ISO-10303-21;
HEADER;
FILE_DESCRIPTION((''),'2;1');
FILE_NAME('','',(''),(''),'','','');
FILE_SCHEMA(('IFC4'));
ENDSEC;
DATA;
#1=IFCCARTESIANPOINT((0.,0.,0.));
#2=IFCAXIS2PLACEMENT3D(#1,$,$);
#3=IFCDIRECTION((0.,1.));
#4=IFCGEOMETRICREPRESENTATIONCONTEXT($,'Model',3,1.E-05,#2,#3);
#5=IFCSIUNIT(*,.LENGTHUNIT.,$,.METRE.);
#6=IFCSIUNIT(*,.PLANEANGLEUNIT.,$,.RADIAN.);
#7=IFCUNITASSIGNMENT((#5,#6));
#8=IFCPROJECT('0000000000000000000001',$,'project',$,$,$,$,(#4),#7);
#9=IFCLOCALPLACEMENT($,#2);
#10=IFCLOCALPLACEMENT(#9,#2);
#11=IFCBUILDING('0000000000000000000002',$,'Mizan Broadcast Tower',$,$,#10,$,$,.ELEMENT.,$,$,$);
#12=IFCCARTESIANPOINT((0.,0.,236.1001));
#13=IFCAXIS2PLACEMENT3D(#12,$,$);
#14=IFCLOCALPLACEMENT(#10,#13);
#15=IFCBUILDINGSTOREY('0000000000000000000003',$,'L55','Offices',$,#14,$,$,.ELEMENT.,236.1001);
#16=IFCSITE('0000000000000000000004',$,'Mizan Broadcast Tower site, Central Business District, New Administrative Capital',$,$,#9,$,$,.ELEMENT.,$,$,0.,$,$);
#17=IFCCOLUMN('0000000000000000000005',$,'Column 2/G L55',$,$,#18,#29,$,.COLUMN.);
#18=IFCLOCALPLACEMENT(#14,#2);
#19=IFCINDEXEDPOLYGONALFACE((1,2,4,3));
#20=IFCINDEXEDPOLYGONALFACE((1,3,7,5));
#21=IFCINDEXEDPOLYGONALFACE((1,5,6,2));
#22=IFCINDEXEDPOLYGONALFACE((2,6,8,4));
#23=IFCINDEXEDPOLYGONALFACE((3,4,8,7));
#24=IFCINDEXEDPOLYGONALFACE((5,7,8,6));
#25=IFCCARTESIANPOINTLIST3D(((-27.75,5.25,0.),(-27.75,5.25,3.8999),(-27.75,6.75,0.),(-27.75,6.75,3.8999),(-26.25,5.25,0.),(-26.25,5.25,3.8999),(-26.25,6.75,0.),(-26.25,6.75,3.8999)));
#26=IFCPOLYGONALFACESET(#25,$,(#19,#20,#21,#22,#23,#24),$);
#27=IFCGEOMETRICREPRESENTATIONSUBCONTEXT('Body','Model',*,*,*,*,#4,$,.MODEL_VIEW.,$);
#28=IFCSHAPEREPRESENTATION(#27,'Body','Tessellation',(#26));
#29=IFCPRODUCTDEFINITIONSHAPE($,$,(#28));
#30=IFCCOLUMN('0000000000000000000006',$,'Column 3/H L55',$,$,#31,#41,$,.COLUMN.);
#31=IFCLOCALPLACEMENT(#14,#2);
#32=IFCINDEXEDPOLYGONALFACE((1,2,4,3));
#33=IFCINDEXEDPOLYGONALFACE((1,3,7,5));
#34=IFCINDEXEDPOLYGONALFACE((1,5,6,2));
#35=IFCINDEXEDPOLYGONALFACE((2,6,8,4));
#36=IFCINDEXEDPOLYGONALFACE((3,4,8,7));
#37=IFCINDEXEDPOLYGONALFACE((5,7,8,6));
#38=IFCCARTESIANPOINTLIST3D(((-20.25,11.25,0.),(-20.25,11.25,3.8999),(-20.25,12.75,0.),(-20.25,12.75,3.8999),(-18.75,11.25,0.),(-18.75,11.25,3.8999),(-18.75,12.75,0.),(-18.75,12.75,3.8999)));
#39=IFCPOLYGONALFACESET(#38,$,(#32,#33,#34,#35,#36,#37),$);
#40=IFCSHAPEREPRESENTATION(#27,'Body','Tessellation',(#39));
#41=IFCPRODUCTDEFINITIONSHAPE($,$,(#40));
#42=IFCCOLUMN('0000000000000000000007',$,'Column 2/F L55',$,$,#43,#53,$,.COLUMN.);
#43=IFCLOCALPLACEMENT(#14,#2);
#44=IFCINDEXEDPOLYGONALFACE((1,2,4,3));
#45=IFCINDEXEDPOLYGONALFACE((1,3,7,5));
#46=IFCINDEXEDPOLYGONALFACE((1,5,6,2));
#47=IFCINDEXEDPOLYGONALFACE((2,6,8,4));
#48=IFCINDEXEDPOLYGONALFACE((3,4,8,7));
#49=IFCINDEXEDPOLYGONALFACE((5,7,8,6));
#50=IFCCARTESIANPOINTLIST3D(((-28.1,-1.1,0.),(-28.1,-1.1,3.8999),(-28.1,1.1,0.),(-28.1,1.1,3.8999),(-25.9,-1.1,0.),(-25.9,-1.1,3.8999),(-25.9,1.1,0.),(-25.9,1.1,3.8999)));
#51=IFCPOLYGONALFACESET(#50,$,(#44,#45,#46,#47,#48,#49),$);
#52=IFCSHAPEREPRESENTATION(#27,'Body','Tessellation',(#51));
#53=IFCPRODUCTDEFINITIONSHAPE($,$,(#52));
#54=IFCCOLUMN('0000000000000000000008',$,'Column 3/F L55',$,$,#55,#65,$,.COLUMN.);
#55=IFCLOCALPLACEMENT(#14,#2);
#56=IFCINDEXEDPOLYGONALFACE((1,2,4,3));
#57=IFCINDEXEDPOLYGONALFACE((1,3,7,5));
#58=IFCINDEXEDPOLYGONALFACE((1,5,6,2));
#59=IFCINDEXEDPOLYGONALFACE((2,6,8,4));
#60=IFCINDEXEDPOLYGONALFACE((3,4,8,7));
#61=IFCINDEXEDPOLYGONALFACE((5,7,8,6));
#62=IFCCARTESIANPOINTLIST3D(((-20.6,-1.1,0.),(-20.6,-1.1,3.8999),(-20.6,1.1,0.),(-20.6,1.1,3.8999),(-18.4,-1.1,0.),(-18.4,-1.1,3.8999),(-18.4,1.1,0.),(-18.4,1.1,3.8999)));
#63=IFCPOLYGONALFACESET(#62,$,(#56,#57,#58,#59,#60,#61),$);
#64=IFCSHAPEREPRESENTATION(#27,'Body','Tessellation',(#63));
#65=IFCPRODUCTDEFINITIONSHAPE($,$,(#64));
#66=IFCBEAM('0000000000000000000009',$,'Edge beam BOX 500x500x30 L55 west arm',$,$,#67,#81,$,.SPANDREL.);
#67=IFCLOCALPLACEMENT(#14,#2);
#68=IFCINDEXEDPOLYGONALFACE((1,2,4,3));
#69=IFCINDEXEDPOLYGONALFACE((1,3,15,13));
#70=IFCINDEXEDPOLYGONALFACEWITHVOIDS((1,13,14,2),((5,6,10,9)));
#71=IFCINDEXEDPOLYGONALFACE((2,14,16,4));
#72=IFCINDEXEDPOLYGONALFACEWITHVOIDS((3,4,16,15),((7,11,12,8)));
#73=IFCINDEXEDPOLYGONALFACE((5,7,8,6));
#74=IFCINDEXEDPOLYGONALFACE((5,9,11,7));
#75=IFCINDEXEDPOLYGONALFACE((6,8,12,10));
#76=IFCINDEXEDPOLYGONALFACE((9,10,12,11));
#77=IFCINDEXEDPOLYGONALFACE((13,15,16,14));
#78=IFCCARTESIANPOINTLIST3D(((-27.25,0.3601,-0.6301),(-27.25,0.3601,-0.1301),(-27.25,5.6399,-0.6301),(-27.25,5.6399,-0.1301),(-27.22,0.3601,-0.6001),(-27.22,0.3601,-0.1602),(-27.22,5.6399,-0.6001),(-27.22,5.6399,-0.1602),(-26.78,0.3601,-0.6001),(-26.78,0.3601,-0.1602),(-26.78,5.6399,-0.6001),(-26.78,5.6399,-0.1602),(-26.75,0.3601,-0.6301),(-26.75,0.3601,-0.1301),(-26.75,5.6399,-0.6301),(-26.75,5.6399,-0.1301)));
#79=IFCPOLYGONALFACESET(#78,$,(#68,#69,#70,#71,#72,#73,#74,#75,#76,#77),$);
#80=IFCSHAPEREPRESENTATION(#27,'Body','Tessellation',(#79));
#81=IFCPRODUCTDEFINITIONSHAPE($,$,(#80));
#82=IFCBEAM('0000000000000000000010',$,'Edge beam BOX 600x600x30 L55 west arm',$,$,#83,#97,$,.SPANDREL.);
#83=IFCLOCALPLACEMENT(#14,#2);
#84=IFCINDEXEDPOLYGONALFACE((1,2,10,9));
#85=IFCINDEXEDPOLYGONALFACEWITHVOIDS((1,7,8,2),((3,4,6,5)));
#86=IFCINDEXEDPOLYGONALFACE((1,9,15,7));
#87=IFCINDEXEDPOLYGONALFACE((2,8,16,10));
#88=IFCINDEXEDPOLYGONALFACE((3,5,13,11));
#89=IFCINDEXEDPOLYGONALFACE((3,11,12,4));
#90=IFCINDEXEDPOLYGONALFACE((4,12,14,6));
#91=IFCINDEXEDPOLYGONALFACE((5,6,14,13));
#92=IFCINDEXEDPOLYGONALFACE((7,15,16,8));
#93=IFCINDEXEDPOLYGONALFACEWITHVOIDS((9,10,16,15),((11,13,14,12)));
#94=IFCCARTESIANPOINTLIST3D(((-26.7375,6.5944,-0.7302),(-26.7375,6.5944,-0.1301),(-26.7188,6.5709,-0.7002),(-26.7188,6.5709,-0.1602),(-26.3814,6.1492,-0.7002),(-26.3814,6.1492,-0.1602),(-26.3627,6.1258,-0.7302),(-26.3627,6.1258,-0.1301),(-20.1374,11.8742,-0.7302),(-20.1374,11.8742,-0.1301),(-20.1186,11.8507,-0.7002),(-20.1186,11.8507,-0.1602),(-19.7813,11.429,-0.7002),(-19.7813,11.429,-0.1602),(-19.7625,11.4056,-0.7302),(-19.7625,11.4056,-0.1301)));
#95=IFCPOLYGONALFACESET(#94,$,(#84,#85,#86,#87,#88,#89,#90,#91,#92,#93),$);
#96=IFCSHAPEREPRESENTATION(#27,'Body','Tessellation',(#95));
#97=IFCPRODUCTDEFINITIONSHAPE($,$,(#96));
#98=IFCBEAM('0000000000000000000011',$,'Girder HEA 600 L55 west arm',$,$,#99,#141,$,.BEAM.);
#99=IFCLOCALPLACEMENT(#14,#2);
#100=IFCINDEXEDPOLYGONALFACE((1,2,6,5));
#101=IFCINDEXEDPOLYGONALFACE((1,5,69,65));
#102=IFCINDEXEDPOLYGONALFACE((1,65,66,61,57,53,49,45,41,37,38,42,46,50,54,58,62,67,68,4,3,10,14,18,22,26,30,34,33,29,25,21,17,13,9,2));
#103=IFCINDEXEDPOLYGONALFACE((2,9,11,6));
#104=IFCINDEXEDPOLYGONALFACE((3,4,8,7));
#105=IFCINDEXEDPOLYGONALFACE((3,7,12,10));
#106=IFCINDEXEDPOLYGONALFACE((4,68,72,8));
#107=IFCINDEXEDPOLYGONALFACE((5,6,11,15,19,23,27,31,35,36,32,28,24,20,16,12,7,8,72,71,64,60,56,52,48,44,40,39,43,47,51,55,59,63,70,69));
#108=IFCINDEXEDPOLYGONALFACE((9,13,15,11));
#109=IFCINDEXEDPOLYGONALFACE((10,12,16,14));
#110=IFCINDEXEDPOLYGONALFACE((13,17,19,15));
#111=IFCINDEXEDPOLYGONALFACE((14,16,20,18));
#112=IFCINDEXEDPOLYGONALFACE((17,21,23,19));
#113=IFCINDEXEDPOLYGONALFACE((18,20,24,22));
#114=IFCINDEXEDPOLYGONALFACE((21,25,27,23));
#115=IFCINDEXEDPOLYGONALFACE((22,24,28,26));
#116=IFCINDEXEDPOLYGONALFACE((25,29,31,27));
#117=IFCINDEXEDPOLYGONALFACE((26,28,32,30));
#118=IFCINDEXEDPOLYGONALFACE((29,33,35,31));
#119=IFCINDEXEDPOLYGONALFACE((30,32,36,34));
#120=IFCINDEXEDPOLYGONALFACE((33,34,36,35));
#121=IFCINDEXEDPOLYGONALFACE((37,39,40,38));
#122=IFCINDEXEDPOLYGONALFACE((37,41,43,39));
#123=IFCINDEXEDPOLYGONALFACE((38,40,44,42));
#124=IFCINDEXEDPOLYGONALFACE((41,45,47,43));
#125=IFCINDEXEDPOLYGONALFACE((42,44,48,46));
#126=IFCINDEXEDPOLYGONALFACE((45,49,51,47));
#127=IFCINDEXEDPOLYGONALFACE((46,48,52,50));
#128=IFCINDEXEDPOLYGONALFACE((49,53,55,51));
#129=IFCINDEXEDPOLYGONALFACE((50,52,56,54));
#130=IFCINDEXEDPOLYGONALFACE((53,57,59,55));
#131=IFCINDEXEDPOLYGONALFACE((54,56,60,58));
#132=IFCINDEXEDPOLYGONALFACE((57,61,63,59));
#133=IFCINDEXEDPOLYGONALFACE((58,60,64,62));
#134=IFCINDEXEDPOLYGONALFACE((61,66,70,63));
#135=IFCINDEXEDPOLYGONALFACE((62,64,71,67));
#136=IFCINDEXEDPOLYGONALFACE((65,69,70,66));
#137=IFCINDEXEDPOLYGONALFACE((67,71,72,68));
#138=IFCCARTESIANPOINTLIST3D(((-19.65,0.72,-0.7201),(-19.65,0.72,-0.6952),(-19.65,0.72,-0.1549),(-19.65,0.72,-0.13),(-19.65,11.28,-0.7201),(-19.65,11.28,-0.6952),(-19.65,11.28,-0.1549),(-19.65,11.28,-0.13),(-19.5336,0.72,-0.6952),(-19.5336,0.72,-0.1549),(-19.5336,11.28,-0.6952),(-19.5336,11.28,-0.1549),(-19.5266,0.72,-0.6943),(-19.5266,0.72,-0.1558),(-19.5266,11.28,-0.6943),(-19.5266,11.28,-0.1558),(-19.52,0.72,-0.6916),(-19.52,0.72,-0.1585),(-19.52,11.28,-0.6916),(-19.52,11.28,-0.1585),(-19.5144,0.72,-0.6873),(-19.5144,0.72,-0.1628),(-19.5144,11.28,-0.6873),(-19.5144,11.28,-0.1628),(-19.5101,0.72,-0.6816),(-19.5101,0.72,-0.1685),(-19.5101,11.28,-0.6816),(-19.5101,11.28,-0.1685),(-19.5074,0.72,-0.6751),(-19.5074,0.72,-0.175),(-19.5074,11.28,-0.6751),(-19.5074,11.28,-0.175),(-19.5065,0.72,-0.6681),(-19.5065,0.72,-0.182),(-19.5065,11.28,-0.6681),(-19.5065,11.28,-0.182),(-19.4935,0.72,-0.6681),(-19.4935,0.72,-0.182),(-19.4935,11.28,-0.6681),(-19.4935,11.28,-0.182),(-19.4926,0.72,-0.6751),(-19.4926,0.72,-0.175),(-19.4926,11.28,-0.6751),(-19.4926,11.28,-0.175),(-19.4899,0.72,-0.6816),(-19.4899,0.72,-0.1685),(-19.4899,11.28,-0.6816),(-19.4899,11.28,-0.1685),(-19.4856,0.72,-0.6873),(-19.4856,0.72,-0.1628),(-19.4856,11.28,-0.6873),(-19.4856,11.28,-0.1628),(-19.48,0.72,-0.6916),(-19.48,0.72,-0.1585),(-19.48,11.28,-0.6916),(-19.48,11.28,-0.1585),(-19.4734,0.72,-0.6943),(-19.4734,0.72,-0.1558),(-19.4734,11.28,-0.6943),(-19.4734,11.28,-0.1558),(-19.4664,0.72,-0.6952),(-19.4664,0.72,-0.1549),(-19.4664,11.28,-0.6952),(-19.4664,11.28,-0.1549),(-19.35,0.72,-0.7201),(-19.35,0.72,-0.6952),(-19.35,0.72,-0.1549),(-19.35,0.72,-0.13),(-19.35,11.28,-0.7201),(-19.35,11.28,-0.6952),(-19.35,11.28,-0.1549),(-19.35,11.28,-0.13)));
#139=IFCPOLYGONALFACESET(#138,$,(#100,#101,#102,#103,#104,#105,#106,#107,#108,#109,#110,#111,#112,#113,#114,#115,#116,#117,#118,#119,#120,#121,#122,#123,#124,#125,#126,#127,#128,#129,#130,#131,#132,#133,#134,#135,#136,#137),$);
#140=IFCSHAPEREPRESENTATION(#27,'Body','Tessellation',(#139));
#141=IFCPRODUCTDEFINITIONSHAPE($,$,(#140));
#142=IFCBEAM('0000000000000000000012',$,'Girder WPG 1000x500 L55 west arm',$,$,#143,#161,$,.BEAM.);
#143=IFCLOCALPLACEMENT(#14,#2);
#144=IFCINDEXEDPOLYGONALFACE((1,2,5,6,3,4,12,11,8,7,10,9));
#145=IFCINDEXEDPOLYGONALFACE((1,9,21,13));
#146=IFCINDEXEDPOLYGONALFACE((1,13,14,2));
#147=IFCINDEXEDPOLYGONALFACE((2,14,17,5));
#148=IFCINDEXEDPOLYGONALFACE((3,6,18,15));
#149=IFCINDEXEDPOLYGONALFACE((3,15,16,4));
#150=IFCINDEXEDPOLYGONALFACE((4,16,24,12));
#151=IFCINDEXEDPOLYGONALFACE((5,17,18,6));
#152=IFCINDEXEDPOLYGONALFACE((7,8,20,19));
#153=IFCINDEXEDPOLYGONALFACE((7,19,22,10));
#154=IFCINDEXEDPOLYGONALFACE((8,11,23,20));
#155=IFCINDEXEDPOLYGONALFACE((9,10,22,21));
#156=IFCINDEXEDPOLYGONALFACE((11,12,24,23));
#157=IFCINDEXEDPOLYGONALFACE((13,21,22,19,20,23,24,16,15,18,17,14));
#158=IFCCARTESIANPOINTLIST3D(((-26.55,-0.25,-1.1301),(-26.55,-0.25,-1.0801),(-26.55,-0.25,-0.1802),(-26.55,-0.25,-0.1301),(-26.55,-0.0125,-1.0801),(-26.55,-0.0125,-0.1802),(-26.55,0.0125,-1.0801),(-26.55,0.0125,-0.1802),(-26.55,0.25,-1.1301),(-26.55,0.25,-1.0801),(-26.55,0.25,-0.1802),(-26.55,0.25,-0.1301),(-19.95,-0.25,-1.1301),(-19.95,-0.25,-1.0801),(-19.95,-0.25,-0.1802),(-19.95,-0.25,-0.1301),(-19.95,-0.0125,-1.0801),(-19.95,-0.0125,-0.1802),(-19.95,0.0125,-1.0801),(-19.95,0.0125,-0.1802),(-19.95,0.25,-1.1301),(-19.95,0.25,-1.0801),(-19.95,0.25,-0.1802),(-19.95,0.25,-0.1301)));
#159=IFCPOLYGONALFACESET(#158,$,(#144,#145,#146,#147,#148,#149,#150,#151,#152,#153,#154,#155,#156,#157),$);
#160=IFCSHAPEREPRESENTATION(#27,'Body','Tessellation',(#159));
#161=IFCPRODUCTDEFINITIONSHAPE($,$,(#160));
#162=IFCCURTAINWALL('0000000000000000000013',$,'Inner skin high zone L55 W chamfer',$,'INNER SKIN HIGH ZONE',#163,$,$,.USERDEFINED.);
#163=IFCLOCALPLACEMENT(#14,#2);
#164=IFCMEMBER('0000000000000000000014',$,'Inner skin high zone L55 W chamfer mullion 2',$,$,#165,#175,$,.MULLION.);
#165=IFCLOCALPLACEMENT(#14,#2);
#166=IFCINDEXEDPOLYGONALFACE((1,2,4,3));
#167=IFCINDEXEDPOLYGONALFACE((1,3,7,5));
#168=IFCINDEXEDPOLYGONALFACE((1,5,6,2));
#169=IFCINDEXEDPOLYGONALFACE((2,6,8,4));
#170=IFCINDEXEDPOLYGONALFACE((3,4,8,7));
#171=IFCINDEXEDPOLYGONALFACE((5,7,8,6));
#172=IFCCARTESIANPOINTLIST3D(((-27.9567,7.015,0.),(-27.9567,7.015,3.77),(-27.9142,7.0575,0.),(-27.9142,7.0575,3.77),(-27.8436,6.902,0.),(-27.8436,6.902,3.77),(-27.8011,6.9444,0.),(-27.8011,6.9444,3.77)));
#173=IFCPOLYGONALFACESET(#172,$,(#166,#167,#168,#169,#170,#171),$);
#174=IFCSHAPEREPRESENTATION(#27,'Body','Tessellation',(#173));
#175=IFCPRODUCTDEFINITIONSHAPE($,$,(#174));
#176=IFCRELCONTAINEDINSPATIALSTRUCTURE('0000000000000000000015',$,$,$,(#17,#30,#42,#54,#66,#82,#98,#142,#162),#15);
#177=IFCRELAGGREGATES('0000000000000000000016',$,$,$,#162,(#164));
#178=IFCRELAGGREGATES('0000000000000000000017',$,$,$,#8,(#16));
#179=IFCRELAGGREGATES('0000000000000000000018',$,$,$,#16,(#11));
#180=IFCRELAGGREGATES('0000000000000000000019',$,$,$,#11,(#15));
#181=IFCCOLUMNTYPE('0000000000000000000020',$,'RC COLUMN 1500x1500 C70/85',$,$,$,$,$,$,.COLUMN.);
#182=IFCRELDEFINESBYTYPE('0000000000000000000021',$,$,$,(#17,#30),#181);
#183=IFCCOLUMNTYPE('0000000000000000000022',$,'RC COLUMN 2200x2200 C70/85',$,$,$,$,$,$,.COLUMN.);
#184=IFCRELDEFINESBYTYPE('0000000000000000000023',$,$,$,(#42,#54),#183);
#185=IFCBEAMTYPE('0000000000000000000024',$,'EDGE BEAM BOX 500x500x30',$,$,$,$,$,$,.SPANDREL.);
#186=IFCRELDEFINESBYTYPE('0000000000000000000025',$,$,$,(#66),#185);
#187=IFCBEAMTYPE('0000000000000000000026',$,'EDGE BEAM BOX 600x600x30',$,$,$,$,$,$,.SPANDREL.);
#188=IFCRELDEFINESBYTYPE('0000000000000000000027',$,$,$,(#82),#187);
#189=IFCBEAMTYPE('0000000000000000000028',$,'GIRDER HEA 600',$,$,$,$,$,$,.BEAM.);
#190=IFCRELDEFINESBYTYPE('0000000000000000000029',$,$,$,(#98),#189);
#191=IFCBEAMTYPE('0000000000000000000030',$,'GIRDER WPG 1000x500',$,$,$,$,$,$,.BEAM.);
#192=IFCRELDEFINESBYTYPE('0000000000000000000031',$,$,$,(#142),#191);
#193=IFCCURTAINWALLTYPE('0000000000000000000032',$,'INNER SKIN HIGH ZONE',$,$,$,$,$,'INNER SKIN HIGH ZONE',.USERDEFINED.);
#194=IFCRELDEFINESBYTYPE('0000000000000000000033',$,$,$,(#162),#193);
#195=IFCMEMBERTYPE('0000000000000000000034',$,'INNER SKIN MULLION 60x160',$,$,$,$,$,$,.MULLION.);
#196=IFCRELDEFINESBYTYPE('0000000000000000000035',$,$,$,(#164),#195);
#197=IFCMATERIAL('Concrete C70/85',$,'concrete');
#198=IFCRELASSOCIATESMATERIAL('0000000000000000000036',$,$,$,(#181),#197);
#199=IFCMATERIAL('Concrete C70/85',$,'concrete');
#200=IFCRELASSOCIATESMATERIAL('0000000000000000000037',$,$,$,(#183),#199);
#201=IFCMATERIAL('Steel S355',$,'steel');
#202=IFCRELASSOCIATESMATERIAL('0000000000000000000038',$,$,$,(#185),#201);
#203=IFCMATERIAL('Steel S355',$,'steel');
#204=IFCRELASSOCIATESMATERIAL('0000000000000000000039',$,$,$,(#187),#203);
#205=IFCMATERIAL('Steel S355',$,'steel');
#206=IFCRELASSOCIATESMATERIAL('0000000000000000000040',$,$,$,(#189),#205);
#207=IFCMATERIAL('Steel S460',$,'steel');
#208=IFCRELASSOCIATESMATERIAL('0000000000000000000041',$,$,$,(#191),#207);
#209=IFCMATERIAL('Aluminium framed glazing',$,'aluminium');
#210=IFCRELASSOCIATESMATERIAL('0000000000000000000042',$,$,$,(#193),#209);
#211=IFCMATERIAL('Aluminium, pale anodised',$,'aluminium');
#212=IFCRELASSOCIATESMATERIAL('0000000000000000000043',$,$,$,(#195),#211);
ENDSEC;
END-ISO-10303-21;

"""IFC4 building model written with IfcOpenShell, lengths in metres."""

from ifc_helpers import new_model, si_unit, direction, frame, origin, origin_2d, place, context, subcontext, project, spatial, rectangle, hollow_rectangle, i_section, extrude, material, material_profile, profile_set, type_object, element, aggregate, save


model = new_model("IFC4")

# Units and contexts
model_context = context("Model", 3, precision=1e-05, world=origin(), true_north=direction((0.0, 1.0)))
body_context = subcontext(model_context, "Body", "Model", "MODEL_VIEW")
ifc_project = project(units=[si_unit("LENGTHUNIT", "METRE"), si_unit("PLANEANGLEUNIT", "RADIAN")], contexts=[model_context])

# Site, building, storey
site_placement = place(None, origin())
site = spatial("IfcSite", under=ifc_project, at=site_placement, Name="Mizan Broadcast Tower site, Central Business District, New Administrative Capital", CompositionType="ELEMENT", RefElevation=0.0)
building_placement = place(site_placement, origin())
building = spatial("IfcBuilding", under=site, at=building_placement, Name="Mizan Broadcast Tower", CompositionType="ELEMENT")
storey_placement = place(building_placement, frame((0.0, 0.0, 236.1001)))
storey = spatial("IfcBuildingStorey", under=building, at=storey_placement, Name="L55", Description="Offices", CompositionType="ELEMENT", Elevation=236.1001)

# Columns
ifc_material_1 = material(Name="Concrete C70/85", Category="concrete")
ifc_material_profile_1 = material_profile(ifc_material_1, rectangle(XDim=1.5, YDim=1.5, at=origin_2d()), Name="RC 1500x1500")
ifc_profile_set_1 = profile_set([ifc_material_profile_1], Name="Concrete C70/85")
column_type_1 = type_object("IfcColumnType", Name="RC COLUMN 1500x1500 C70/85", PredefinedType="COLUMN", material=ifc_profile_set_1)
for number, where, z_axis, x_axis, name in (
    (1, (-27.0, 6.0, 0.0), (0.0, 0.0, 1.0), (1.0, 0.0, 0.0), "Column 2/G L55"),
    (2, (-19.5, 12.0, 0.0), (0.0, 0.0, 1.0), (1.0, 0.0, 0.0), "Column 3/H L55"),
):
    element("IfcColumn", number, at=place(storey_placement, frame(where, z_axis=z_axis, x_axis=x_axis)), inside=storey, type_object=column_type_1, Name=name, PredefinedType="COLUMN", context=body_context, shape_type="SweptSolid", body=[
        extrude(rectangle(XDim=1.5, YDim=1.5, at=origin_2d()), origin(), (0.0, 0.0, 1.0), 3.8999),
    ])
ifc_material_2 = material(Name="Concrete C70/85", Category="concrete")
ifc_material_profile_2 = material_profile(ifc_material_2, rectangle(XDim=2.2, YDim=2.2, at=origin_2d()), Name="RC 2200x2200")
ifc_profile_set_2 = profile_set([ifc_material_profile_2], Name="Concrete C70/85")
column_type_2 = type_object("IfcColumnType", Name="RC COLUMN 2200x2200 C70/85", PredefinedType="COLUMN", material=ifc_profile_set_2)
for number, where, z_axis, x_axis, name in (
    (3, (-27.0, 0.0, 0.0), (0.0, 0.0, 1.0), (1.0, 0.0, 0.0), "Column 2/F L55"),
    (4, (-19.5, 0.0, 0.0), (0.0, 0.0, 1.0), (1.0, 0.0, 0.0), "Column 3/F L55"),
):
    element("IfcColumn", number, at=place(storey_placement, frame(where, z_axis=z_axis, x_axis=x_axis)), inside=storey, type_object=column_type_2, Name=name, PredefinedType="COLUMN", context=body_context, shape_type="SweptSolid", body=[
        extrude(rectangle(XDim=2.2, YDim=2.2, at=origin_2d()), origin(), (0.0, 0.0, 1.0), 3.8999),
    ])

# Beams
ifc_material_3 = material(Name="Steel S355", Category="steel")
ifc_material_profile_3 = material_profile(ifc_material_3, hollow_rectangle(XDim=0.5, YDim=0.5, WallThickness=0.03, at=origin_2d()), Name="BOX 500x500x30")
ifc_profile_set_3 = profile_set([ifc_material_profile_3], Name="Steel S355")
beam_type_1 = type_object("IfcBeamType", Name="EDGE BEAM BOX 500x500x30", PredefinedType="SPANDREL", material=ifc_profile_set_3)
beam_1_placement = place(storey_placement, frame((-27.0, 5.6399, -0.3801), z_axis=(0.0, -1.0, 0.0), x_axis=(1.0, 0.0, 0.0)))
element("IfcBeam", 5, at=beam_1_placement, inside=storey, type_object=beam_type_1, Name="Edge beam BOX 500x500x30 L55 west arm", PredefinedType="SPANDREL", context=body_context, shape_type="SweptSolid", body=[
    extrude(hollow_rectangle(XDim=0.5, YDim=0.5, WallThickness=0.03, at=origin_2d()), origin(), (0.0, 0.0, 1.0), 5.2798),
])
ifc_material_4 = material(Name="Steel S355", Category="steel")
ifc_material_profile_4 = material_profile(ifc_material_4, hollow_rectangle(XDim=0.6001, YDim=0.6001, WallThickness=0.03, at=origin_2d()), Name="BOX 600x600x30")
ifc_profile_set_4 = profile_set([ifc_material_profile_4], Name="Steel S355")
beam_type_2 = type_object("IfcBeamType", Name="EDGE BEAM BOX 600x600x30", PredefinedType="SPANDREL", material=ifc_profile_set_4)
beam_2_placement = place(storey_placement, frame((-19.95, 11.6399, -0.4302), z_axis=(-0.780886, -0.624674, 0.0), x_axis=(0.624674, -0.780886, 0.0)))
element("IfcBeam", 6, at=beam_2_placement, inside=storey, type_object=beam_type_2, Name="Edge beam BOX 600x600x30 L55 west arm", PredefinedType="SPANDREL", context=body_context, shape_type="SweptSolid", body=[
    extrude(hollow_rectangle(XDim=0.6001, YDim=0.6001, WallThickness=0.03, at=origin_2d()), origin(), (0.0, 0.0, 1.0), 8.4521),
])
ifc_material_5 = material(Name="Steel S355", Category="steel")
ifc_material_profile_5 = material_profile(ifc_material_5, i_section(OverallWidth=0.3, OverallDepth=0.5901, WebThickness=0.0129, FlangeThickness=0.0249, FilletRadius=0.0271, at=origin_2d()), Name="HEA 600")
ifc_profile_set_5 = profile_set([ifc_material_profile_5], Name="Steel S355")
beam_type_3 = type_object("IfcBeamType", Name="GIRDER HEA 600", PredefinedType="BEAM", material=ifc_profile_set_5)
beam_3_placement = place(storey_placement, frame((-19.5, 11.28, -0.425), z_axis=(0.0, -1.0, 0.0), x_axis=(1.0, 0.0, 0.0)))
element("IfcBeam", 7, at=beam_3_placement, inside=storey, type_object=beam_type_3, Name="Girder HEA 600 L55 west arm", PredefinedType="BEAM", context=body_context, shape_type="SweptSolid", body=[
    extrude(i_section(OverallWidth=0.3, OverallDepth=0.5901, WebThickness=0.0129, FlangeThickness=0.0249, FilletRadius=0.0271, at=origin_2d()), origin(), (0.0, 0.0, 1.0), 10.5601),
])
ifc_material_6 = material(Name="Steel S460", Category="steel")
ifc_material_profile_6 = material_profile(ifc_material_6, i_section(OverallWidth=0.5, OverallDepth=1.0, WebThickness=0.0249, FlangeThickness=0.05, at=origin_2d()), Name="WPG 1000x500")
ifc_profile_set_6 = profile_set([ifc_material_profile_6], Name="Steel S460")
beam_type_4 = type_object("IfcBeamType", Name="GIRDER WPG 1000x500", PredefinedType="BEAM", material=ifc_profile_set_6)
beam_4_placement = place(storey_placement, frame((-19.95, 0.0, -0.6301), z_axis=(-1.0, 0.0, 0.0), x_axis=(0.0, -1.0, 0.0)))
element("IfcBeam", 8, at=beam_4_placement, inside=storey, type_object=beam_type_4, Name="Girder WPG 1000x500 L55 west arm", PredefinedType="BEAM", context=body_context, shape_type="SweptSolid", body=[
    extrude(i_section(OverallWidth=0.5, OverallDepth=1.0, WebThickness=0.0249, FlangeThickness=0.05, at=origin_2d()), origin(), (0.0, 0.0, 1.0), 6.6001),
])

# Curtain wall, member
ifc_material_7 = material(Name="Aluminium framed glazing", Category="aluminium")
curtain_wall_type_1 = type_object("IfcCurtainWallType", Name="INNER SKIN HIGH ZONE", ElementType="INNER SKIN HIGH ZONE", PredefinedType="USERDEFINED", material=ifc_material_7)
curtain_wall_1_placement = place(storey_placement, origin())
curtain_wall_1 = element("IfcCurtainWall", 9, at=curtain_wall_1_placement, inside=storey, type_object=curtain_wall_type_1, Name="Inner skin high zone L55 W chamfer", ObjectType="INNER SKIN HIGH ZONE", PredefinedType="USERDEFINED")
ifc_material_8 = material(Name="Aluminium, pale anodised", Category="aluminium")
ifc_material_profile_7 = material_profile(ifc_material_8, rectangle(XDim=0.1599, YDim=0.0601, at=origin_2d()), Name="MULLION 160x60")
ifc_profile_set_7 = profile_set([ifc_material_profile_7], Name="Aluminium, pale anodised")
member_type_1 = type_object("IfcMemberType", Name="INNER SKIN MULLION 60x160", PredefinedType="MULLION", material=ifc_profile_set_7)
member_1_placement = place(storey_placement, frame((-27.8789, 6.9797, 0.0), z_axis=(0.0, 0.0, 1.0), x_axis=(0.707107, -0.707107, 0.0)))
member_1 = element("IfcMember", 10, at=member_1_placement, type_object=member_type_1, Name="Inner skin high zone L55 W chamfer mullion 2", PredefinedType="MULLION", context=body_context, shape_type="SweptSolid", body=[
    extrude(rectangle(XDim=0.1599, YDim=0.0601, at=origin_2d()), origin(), (0.0, 0.0, 1.0), 3.77),
])

aggregate(curtain_wall_1, [member_1])

save(model, "model.ifc")
